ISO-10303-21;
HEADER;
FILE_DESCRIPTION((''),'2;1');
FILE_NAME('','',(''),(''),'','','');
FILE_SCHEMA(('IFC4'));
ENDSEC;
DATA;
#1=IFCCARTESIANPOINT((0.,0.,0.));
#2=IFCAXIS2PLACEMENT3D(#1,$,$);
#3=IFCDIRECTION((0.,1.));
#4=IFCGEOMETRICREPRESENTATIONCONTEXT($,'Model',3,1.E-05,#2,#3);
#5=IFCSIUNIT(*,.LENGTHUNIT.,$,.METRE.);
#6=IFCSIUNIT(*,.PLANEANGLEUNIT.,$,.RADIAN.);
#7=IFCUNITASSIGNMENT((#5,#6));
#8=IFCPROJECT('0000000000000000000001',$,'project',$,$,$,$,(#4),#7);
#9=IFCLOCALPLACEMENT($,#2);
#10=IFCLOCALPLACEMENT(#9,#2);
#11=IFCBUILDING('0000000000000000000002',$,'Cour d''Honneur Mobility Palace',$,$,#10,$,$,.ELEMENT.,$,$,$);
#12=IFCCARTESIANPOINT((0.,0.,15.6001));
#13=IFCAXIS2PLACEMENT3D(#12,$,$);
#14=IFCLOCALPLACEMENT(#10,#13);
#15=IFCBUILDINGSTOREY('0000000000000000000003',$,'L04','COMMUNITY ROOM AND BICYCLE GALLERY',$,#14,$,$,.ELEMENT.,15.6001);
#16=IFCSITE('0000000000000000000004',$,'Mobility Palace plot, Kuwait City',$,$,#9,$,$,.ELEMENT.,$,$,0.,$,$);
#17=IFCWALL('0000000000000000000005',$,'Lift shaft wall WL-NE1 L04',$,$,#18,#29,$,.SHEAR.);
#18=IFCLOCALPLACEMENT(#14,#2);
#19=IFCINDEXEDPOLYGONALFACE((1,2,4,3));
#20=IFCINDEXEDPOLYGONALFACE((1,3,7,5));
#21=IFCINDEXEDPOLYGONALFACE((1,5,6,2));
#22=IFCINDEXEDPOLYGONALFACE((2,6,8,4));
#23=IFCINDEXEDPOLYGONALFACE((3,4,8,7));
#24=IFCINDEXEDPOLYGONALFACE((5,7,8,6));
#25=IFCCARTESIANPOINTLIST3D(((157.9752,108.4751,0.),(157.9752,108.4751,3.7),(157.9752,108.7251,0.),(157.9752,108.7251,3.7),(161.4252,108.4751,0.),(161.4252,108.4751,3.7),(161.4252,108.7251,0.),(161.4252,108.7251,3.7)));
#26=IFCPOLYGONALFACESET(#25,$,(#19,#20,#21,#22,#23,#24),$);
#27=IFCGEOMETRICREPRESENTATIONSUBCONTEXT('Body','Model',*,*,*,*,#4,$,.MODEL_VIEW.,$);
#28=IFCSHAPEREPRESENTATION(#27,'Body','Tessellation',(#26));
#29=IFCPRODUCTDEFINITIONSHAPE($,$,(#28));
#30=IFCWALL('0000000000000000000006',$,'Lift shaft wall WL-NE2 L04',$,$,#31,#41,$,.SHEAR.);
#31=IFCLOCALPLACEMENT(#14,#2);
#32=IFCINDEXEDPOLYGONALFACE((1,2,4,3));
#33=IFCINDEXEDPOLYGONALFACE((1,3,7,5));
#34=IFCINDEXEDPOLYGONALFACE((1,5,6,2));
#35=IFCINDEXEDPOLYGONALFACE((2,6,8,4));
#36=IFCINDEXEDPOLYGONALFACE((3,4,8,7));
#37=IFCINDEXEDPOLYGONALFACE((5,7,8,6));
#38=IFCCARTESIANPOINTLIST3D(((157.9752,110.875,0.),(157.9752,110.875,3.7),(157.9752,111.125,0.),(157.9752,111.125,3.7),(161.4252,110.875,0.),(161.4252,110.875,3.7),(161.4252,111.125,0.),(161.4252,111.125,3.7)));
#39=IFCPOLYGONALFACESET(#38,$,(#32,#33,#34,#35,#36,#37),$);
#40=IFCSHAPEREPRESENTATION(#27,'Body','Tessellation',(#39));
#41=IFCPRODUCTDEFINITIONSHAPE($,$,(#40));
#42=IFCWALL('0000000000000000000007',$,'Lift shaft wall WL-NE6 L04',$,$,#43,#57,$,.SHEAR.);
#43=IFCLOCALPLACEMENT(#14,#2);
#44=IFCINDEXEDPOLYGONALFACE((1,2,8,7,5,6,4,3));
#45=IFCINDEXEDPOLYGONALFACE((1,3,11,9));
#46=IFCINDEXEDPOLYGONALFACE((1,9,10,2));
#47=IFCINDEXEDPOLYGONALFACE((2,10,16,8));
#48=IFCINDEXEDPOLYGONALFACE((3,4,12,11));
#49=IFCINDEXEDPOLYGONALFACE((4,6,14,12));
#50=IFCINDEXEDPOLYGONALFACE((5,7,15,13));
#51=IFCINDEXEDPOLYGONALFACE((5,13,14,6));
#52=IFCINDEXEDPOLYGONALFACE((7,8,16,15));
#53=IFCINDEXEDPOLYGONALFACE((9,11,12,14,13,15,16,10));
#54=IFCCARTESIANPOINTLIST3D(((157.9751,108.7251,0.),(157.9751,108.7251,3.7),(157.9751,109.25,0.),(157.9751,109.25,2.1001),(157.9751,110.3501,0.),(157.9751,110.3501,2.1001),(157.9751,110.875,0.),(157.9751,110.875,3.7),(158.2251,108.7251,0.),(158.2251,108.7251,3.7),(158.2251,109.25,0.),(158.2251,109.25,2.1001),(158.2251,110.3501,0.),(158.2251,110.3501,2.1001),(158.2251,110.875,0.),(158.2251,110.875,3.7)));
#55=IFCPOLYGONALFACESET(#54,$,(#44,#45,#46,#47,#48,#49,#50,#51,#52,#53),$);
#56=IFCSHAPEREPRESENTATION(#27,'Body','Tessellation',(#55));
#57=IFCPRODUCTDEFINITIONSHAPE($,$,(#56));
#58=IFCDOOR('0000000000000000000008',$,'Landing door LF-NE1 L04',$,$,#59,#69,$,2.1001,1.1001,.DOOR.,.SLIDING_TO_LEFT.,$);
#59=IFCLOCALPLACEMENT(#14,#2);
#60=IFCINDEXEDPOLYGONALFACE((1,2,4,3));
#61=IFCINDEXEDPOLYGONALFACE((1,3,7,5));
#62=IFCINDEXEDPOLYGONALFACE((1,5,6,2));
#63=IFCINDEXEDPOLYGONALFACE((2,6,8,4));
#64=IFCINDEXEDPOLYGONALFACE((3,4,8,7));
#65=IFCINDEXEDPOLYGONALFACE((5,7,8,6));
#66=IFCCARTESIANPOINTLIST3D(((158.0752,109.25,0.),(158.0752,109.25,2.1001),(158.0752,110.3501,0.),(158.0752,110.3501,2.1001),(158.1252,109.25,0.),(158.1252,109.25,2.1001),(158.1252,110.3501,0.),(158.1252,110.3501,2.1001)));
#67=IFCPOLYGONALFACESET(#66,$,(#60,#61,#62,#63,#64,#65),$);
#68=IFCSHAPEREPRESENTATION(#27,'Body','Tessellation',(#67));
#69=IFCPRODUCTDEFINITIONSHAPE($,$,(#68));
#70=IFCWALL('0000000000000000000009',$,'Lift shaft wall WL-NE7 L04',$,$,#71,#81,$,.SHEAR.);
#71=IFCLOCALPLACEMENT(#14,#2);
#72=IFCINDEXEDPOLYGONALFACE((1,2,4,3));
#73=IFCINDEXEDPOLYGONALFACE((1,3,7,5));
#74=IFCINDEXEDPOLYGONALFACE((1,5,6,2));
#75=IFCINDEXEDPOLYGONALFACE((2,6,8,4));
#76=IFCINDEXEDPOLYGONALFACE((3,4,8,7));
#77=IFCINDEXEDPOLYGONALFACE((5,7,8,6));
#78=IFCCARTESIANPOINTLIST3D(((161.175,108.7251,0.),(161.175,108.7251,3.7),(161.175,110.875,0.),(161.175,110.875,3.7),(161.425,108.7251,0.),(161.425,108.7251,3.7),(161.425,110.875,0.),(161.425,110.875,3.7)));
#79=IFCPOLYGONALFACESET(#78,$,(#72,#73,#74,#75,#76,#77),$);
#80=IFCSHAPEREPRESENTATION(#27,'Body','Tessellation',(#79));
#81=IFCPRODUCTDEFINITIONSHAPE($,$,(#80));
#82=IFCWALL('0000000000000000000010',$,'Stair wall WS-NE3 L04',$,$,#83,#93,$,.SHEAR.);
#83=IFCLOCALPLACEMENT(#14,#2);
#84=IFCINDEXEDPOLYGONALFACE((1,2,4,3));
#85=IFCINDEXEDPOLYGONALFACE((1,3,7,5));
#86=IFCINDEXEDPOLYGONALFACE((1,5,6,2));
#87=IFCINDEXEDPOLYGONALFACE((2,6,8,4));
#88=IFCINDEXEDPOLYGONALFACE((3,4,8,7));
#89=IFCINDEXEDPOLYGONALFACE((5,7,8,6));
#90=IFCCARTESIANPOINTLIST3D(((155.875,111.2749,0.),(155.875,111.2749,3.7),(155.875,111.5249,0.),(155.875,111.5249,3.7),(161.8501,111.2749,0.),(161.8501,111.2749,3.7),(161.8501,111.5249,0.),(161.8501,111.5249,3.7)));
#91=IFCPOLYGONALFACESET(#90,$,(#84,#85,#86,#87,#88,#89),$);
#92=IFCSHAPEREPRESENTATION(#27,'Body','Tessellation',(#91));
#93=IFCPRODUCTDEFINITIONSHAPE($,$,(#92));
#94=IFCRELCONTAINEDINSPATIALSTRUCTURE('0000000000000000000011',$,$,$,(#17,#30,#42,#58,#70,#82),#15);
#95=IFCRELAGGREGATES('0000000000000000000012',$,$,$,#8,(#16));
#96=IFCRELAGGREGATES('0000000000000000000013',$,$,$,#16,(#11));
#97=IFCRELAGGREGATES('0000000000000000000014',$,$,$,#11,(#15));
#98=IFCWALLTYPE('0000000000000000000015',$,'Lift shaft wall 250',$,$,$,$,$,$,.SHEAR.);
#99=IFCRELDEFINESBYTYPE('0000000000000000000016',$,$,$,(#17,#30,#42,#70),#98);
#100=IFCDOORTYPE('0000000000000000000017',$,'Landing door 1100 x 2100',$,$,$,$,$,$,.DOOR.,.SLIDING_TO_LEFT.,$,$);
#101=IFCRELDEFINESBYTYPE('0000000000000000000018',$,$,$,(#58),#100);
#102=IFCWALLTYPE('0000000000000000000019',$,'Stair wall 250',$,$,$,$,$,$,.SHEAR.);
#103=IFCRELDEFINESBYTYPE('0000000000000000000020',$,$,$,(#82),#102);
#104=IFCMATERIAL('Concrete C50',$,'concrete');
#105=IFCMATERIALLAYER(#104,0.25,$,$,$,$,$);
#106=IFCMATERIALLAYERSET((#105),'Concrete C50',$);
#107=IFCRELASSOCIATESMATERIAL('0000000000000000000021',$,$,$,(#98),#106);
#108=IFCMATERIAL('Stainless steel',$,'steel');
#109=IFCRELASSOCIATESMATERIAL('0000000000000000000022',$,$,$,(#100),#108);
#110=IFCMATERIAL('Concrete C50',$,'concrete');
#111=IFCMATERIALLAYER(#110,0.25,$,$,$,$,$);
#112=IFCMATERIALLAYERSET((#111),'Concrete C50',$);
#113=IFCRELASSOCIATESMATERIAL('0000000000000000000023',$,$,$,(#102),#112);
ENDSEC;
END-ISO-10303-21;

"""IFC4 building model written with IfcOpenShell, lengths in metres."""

from ifc_helpers import new_model, si_unit, direction, frame, frame_2d, origin, place, context, subcontext, project, spatial, rectangle, extrude, material, layer, layer_set, type_object, element, fill, save


model = new_model("IFC4")

# Units and contexts
model_context = context("Model", 3, precision=1e-05, world=origin(), true_north=direction((0.0, 1.0)))
body_context = subcontext(model_context, "Body", "Model", "MODEL_VIEW")
ifc_project = project(units=[si_unit("LENGTHUNIT", "METRE"), si_unit("PLANEANGLEUNIT", "RADIAN")], contexts=[model_context])

# Site, building, storey
site_placement = place(None, origin())
site = spatial("IfcSite", under=ifc_project, at=site_placement, Name="Mobility Palace plot, Kuwait City", CompositionType="ELEMENT", RefElevation=0.0)
building_placement = place(site_placement, origin())
building = spatial("IfcBuilding", under=site, at=building_placement, Name="Cour d'Honneur Mobility Palace", CompositionType="ELEMENT")
storey_placement = place(building_placement, frame((0.0, 0.0, 15.6001)))
storey = spatial("IfcBuildingStorey", under=building, at=storey_placement, Name="L04", Description="COMMUNITY ROOM AND BICYCLE GALLERY", CompositionType="ELEMENT", Elevation=15.6001)

# Walls
ifc_material_1 = material(Name="Concrete C50", Category="concrete")
ifc_layer_1 = layer(ifc_material_1, 0.25)
ifc_layer_set_1 = layer_set([ifc_layer_1], Name="Concrete C50")
wall_type_1 = type_object("IfcWallType", Name="Lift shaft wall 250", PredefinedType="SHEAR", material=ifc_layer_set_1)
for number, where, z_axis, x_axis, name in (
    (1, (157.9751, 108.6001, 0.0), (0.0, 0.0, 1.0), (1.0, 0.0, 0.0), "Lift shaft wall WL-NE1 L04"),
    (2, (157.9751, 111.0, 0.0), (0.0, 0.0, 1.0), (1.0, 0.0, 0.0), "Lift shaft wall WL-NE2 L04"),
):
    element("IfcWall", number, at=place(storey_placement, frame(where, z_axis=z_axis, x_axis=x_axis)), inside=storey, type_object=wall_type_1, Name=name, PredefinedType="SHEAR", context=body_context, shape_type="SweptSolid", body=[
        extrude(rectangle(XDim=3.45, YDim=0.25, at=frame_2d((1.7251, 0.0))), origin(), (0.0, 0.0, 1.0), 3.7),
    ])

# Wall, opening, door
wall_1_placement = place(storey_placement, frame((158.1001, 108.7251, 0.0), z_axis=(0.0, 0.0, 1.0), x_axis=(0.0, 1.0, 0.0)))
wall_1 = element("IfcWall", 3, at=wall_1_placement, inside=storey, type_object=wall_type_1, Name="Lift shaft wall WL-NE6 L04", PredefinedType="SHEAR", context=body_context, shape_type="SweptSolid", body=[
    extrude(rectangle(XDim=2.1499, YDim=0.25, at=frame_2d((1.075, 0.0))), origin(), (0.0, 0.0, 1.0), 3.7),
])
opening_placement = place(wall_1_placement, frame((0.5249, 0.0, 0.0)))
opening = element("IfcOpeningElement", 4, at=opening_placement, cuts=wall_1, PredefinedType="OPENING", context=body_context, shape_type="SweptSolid", body=[
    extrude(rectangle(XDim=1.1001, YDim=2.1001, at=frame_2d((0.55, 1.05))), frame((0.0, 0.135, 0.0), z_axis=(0.0, -1.0, 0.0), x_axis=(1.0, 0.0, 0.0)), (0.0, 0.0, 1.0), 0.27),
])
ifc_material_2 = material(Name="Stainless steel", Category="steel")
door_type = type_object("IfcDoorType", Name="Landing door 1100 x 2100", OperationType="SLIDING_TO_LEFT", PredefinedType="DOOR", material=ifc_material_2)
door_placement = place(opening_placement, origin())
door = element("IfcDoor", 5, at=door_placement, inside=storey, type_object=door_type, Name="Landing door LF-NE1 L04", OperationType="SLIDING_TO_LEFT", OverallHeight=2.1001, OverallWidth=1.1001, PredefinedType="DOOR", context=body_context, shape_type="SweptSolid", body=[
    extrude(rectangle(XDim=1.1001, YDim=2.1001, at=frame_2d((0.55, 1.05))), frame((0.0, 0.0249, 0.0), z_axis=(0.0, -1.0, 0.0), x_axis=(1.0, 0.0, 0.0)), (0.0, 0.0, 1.0), 0.05),
])
fill(opening, door)

# Walls
wall_2_placement = place(storey_placement, frame((161.3, 108.7251, 0.0), z_axis=(0.0, 0.0, 1.0), x_axis=(0.0, 1.0, 0.0)))
element("IfcWall", 6, at=wall_2_placement, inside=storey, type_object=wall_type_1, Name="Lift shaft wall WL-NE7 L04", PredefinedType="SHEAR", context=body_context, shape_type="SweptSolid", body=[
    extrude(rectangle(XDim=2.1499, YDim=0.25, at=frame_2d((1.075, 0.0))), origin(), (0.0, 0.0, 1.0), 3.7),
])
ifc_material_3 = material(Name="Concrete C50", Category="concrete")
ifc_layer_2 = layer(ifc_material_3, 0.25)
ifc_layer_set_2 = layer_set([ifc_layer_2], Name="Concrete C50")
wall_type_2 = type_object("IfcWallType", Name="Stair wall 250", PredefinedType="SHEAR", material=ifc_layer_set_2)
wall_3_placement = place(storey_placement, frame((155.875, 111.3999, 0.0), z_axis=(0.0, 0.0, 1.0), x_axis=(1.0, 0.0, 0.0)))
element("IfcWall", 7, at=wall_3_placement, inside=storey, type_object=wall_type_2, Name="Stair wall WS-NE3 L04", PredefinedType="SHEAR", context=body_context, shape_type="SweptSolid", body=[
    extrude(rectangle(XDim=5.9751, YDim=0.25, at=frame_2d((2.9875, 0.0))), origin(), (0.0, 0.0, 1.0), 3.7),
])

save(model, "model.ifc")
